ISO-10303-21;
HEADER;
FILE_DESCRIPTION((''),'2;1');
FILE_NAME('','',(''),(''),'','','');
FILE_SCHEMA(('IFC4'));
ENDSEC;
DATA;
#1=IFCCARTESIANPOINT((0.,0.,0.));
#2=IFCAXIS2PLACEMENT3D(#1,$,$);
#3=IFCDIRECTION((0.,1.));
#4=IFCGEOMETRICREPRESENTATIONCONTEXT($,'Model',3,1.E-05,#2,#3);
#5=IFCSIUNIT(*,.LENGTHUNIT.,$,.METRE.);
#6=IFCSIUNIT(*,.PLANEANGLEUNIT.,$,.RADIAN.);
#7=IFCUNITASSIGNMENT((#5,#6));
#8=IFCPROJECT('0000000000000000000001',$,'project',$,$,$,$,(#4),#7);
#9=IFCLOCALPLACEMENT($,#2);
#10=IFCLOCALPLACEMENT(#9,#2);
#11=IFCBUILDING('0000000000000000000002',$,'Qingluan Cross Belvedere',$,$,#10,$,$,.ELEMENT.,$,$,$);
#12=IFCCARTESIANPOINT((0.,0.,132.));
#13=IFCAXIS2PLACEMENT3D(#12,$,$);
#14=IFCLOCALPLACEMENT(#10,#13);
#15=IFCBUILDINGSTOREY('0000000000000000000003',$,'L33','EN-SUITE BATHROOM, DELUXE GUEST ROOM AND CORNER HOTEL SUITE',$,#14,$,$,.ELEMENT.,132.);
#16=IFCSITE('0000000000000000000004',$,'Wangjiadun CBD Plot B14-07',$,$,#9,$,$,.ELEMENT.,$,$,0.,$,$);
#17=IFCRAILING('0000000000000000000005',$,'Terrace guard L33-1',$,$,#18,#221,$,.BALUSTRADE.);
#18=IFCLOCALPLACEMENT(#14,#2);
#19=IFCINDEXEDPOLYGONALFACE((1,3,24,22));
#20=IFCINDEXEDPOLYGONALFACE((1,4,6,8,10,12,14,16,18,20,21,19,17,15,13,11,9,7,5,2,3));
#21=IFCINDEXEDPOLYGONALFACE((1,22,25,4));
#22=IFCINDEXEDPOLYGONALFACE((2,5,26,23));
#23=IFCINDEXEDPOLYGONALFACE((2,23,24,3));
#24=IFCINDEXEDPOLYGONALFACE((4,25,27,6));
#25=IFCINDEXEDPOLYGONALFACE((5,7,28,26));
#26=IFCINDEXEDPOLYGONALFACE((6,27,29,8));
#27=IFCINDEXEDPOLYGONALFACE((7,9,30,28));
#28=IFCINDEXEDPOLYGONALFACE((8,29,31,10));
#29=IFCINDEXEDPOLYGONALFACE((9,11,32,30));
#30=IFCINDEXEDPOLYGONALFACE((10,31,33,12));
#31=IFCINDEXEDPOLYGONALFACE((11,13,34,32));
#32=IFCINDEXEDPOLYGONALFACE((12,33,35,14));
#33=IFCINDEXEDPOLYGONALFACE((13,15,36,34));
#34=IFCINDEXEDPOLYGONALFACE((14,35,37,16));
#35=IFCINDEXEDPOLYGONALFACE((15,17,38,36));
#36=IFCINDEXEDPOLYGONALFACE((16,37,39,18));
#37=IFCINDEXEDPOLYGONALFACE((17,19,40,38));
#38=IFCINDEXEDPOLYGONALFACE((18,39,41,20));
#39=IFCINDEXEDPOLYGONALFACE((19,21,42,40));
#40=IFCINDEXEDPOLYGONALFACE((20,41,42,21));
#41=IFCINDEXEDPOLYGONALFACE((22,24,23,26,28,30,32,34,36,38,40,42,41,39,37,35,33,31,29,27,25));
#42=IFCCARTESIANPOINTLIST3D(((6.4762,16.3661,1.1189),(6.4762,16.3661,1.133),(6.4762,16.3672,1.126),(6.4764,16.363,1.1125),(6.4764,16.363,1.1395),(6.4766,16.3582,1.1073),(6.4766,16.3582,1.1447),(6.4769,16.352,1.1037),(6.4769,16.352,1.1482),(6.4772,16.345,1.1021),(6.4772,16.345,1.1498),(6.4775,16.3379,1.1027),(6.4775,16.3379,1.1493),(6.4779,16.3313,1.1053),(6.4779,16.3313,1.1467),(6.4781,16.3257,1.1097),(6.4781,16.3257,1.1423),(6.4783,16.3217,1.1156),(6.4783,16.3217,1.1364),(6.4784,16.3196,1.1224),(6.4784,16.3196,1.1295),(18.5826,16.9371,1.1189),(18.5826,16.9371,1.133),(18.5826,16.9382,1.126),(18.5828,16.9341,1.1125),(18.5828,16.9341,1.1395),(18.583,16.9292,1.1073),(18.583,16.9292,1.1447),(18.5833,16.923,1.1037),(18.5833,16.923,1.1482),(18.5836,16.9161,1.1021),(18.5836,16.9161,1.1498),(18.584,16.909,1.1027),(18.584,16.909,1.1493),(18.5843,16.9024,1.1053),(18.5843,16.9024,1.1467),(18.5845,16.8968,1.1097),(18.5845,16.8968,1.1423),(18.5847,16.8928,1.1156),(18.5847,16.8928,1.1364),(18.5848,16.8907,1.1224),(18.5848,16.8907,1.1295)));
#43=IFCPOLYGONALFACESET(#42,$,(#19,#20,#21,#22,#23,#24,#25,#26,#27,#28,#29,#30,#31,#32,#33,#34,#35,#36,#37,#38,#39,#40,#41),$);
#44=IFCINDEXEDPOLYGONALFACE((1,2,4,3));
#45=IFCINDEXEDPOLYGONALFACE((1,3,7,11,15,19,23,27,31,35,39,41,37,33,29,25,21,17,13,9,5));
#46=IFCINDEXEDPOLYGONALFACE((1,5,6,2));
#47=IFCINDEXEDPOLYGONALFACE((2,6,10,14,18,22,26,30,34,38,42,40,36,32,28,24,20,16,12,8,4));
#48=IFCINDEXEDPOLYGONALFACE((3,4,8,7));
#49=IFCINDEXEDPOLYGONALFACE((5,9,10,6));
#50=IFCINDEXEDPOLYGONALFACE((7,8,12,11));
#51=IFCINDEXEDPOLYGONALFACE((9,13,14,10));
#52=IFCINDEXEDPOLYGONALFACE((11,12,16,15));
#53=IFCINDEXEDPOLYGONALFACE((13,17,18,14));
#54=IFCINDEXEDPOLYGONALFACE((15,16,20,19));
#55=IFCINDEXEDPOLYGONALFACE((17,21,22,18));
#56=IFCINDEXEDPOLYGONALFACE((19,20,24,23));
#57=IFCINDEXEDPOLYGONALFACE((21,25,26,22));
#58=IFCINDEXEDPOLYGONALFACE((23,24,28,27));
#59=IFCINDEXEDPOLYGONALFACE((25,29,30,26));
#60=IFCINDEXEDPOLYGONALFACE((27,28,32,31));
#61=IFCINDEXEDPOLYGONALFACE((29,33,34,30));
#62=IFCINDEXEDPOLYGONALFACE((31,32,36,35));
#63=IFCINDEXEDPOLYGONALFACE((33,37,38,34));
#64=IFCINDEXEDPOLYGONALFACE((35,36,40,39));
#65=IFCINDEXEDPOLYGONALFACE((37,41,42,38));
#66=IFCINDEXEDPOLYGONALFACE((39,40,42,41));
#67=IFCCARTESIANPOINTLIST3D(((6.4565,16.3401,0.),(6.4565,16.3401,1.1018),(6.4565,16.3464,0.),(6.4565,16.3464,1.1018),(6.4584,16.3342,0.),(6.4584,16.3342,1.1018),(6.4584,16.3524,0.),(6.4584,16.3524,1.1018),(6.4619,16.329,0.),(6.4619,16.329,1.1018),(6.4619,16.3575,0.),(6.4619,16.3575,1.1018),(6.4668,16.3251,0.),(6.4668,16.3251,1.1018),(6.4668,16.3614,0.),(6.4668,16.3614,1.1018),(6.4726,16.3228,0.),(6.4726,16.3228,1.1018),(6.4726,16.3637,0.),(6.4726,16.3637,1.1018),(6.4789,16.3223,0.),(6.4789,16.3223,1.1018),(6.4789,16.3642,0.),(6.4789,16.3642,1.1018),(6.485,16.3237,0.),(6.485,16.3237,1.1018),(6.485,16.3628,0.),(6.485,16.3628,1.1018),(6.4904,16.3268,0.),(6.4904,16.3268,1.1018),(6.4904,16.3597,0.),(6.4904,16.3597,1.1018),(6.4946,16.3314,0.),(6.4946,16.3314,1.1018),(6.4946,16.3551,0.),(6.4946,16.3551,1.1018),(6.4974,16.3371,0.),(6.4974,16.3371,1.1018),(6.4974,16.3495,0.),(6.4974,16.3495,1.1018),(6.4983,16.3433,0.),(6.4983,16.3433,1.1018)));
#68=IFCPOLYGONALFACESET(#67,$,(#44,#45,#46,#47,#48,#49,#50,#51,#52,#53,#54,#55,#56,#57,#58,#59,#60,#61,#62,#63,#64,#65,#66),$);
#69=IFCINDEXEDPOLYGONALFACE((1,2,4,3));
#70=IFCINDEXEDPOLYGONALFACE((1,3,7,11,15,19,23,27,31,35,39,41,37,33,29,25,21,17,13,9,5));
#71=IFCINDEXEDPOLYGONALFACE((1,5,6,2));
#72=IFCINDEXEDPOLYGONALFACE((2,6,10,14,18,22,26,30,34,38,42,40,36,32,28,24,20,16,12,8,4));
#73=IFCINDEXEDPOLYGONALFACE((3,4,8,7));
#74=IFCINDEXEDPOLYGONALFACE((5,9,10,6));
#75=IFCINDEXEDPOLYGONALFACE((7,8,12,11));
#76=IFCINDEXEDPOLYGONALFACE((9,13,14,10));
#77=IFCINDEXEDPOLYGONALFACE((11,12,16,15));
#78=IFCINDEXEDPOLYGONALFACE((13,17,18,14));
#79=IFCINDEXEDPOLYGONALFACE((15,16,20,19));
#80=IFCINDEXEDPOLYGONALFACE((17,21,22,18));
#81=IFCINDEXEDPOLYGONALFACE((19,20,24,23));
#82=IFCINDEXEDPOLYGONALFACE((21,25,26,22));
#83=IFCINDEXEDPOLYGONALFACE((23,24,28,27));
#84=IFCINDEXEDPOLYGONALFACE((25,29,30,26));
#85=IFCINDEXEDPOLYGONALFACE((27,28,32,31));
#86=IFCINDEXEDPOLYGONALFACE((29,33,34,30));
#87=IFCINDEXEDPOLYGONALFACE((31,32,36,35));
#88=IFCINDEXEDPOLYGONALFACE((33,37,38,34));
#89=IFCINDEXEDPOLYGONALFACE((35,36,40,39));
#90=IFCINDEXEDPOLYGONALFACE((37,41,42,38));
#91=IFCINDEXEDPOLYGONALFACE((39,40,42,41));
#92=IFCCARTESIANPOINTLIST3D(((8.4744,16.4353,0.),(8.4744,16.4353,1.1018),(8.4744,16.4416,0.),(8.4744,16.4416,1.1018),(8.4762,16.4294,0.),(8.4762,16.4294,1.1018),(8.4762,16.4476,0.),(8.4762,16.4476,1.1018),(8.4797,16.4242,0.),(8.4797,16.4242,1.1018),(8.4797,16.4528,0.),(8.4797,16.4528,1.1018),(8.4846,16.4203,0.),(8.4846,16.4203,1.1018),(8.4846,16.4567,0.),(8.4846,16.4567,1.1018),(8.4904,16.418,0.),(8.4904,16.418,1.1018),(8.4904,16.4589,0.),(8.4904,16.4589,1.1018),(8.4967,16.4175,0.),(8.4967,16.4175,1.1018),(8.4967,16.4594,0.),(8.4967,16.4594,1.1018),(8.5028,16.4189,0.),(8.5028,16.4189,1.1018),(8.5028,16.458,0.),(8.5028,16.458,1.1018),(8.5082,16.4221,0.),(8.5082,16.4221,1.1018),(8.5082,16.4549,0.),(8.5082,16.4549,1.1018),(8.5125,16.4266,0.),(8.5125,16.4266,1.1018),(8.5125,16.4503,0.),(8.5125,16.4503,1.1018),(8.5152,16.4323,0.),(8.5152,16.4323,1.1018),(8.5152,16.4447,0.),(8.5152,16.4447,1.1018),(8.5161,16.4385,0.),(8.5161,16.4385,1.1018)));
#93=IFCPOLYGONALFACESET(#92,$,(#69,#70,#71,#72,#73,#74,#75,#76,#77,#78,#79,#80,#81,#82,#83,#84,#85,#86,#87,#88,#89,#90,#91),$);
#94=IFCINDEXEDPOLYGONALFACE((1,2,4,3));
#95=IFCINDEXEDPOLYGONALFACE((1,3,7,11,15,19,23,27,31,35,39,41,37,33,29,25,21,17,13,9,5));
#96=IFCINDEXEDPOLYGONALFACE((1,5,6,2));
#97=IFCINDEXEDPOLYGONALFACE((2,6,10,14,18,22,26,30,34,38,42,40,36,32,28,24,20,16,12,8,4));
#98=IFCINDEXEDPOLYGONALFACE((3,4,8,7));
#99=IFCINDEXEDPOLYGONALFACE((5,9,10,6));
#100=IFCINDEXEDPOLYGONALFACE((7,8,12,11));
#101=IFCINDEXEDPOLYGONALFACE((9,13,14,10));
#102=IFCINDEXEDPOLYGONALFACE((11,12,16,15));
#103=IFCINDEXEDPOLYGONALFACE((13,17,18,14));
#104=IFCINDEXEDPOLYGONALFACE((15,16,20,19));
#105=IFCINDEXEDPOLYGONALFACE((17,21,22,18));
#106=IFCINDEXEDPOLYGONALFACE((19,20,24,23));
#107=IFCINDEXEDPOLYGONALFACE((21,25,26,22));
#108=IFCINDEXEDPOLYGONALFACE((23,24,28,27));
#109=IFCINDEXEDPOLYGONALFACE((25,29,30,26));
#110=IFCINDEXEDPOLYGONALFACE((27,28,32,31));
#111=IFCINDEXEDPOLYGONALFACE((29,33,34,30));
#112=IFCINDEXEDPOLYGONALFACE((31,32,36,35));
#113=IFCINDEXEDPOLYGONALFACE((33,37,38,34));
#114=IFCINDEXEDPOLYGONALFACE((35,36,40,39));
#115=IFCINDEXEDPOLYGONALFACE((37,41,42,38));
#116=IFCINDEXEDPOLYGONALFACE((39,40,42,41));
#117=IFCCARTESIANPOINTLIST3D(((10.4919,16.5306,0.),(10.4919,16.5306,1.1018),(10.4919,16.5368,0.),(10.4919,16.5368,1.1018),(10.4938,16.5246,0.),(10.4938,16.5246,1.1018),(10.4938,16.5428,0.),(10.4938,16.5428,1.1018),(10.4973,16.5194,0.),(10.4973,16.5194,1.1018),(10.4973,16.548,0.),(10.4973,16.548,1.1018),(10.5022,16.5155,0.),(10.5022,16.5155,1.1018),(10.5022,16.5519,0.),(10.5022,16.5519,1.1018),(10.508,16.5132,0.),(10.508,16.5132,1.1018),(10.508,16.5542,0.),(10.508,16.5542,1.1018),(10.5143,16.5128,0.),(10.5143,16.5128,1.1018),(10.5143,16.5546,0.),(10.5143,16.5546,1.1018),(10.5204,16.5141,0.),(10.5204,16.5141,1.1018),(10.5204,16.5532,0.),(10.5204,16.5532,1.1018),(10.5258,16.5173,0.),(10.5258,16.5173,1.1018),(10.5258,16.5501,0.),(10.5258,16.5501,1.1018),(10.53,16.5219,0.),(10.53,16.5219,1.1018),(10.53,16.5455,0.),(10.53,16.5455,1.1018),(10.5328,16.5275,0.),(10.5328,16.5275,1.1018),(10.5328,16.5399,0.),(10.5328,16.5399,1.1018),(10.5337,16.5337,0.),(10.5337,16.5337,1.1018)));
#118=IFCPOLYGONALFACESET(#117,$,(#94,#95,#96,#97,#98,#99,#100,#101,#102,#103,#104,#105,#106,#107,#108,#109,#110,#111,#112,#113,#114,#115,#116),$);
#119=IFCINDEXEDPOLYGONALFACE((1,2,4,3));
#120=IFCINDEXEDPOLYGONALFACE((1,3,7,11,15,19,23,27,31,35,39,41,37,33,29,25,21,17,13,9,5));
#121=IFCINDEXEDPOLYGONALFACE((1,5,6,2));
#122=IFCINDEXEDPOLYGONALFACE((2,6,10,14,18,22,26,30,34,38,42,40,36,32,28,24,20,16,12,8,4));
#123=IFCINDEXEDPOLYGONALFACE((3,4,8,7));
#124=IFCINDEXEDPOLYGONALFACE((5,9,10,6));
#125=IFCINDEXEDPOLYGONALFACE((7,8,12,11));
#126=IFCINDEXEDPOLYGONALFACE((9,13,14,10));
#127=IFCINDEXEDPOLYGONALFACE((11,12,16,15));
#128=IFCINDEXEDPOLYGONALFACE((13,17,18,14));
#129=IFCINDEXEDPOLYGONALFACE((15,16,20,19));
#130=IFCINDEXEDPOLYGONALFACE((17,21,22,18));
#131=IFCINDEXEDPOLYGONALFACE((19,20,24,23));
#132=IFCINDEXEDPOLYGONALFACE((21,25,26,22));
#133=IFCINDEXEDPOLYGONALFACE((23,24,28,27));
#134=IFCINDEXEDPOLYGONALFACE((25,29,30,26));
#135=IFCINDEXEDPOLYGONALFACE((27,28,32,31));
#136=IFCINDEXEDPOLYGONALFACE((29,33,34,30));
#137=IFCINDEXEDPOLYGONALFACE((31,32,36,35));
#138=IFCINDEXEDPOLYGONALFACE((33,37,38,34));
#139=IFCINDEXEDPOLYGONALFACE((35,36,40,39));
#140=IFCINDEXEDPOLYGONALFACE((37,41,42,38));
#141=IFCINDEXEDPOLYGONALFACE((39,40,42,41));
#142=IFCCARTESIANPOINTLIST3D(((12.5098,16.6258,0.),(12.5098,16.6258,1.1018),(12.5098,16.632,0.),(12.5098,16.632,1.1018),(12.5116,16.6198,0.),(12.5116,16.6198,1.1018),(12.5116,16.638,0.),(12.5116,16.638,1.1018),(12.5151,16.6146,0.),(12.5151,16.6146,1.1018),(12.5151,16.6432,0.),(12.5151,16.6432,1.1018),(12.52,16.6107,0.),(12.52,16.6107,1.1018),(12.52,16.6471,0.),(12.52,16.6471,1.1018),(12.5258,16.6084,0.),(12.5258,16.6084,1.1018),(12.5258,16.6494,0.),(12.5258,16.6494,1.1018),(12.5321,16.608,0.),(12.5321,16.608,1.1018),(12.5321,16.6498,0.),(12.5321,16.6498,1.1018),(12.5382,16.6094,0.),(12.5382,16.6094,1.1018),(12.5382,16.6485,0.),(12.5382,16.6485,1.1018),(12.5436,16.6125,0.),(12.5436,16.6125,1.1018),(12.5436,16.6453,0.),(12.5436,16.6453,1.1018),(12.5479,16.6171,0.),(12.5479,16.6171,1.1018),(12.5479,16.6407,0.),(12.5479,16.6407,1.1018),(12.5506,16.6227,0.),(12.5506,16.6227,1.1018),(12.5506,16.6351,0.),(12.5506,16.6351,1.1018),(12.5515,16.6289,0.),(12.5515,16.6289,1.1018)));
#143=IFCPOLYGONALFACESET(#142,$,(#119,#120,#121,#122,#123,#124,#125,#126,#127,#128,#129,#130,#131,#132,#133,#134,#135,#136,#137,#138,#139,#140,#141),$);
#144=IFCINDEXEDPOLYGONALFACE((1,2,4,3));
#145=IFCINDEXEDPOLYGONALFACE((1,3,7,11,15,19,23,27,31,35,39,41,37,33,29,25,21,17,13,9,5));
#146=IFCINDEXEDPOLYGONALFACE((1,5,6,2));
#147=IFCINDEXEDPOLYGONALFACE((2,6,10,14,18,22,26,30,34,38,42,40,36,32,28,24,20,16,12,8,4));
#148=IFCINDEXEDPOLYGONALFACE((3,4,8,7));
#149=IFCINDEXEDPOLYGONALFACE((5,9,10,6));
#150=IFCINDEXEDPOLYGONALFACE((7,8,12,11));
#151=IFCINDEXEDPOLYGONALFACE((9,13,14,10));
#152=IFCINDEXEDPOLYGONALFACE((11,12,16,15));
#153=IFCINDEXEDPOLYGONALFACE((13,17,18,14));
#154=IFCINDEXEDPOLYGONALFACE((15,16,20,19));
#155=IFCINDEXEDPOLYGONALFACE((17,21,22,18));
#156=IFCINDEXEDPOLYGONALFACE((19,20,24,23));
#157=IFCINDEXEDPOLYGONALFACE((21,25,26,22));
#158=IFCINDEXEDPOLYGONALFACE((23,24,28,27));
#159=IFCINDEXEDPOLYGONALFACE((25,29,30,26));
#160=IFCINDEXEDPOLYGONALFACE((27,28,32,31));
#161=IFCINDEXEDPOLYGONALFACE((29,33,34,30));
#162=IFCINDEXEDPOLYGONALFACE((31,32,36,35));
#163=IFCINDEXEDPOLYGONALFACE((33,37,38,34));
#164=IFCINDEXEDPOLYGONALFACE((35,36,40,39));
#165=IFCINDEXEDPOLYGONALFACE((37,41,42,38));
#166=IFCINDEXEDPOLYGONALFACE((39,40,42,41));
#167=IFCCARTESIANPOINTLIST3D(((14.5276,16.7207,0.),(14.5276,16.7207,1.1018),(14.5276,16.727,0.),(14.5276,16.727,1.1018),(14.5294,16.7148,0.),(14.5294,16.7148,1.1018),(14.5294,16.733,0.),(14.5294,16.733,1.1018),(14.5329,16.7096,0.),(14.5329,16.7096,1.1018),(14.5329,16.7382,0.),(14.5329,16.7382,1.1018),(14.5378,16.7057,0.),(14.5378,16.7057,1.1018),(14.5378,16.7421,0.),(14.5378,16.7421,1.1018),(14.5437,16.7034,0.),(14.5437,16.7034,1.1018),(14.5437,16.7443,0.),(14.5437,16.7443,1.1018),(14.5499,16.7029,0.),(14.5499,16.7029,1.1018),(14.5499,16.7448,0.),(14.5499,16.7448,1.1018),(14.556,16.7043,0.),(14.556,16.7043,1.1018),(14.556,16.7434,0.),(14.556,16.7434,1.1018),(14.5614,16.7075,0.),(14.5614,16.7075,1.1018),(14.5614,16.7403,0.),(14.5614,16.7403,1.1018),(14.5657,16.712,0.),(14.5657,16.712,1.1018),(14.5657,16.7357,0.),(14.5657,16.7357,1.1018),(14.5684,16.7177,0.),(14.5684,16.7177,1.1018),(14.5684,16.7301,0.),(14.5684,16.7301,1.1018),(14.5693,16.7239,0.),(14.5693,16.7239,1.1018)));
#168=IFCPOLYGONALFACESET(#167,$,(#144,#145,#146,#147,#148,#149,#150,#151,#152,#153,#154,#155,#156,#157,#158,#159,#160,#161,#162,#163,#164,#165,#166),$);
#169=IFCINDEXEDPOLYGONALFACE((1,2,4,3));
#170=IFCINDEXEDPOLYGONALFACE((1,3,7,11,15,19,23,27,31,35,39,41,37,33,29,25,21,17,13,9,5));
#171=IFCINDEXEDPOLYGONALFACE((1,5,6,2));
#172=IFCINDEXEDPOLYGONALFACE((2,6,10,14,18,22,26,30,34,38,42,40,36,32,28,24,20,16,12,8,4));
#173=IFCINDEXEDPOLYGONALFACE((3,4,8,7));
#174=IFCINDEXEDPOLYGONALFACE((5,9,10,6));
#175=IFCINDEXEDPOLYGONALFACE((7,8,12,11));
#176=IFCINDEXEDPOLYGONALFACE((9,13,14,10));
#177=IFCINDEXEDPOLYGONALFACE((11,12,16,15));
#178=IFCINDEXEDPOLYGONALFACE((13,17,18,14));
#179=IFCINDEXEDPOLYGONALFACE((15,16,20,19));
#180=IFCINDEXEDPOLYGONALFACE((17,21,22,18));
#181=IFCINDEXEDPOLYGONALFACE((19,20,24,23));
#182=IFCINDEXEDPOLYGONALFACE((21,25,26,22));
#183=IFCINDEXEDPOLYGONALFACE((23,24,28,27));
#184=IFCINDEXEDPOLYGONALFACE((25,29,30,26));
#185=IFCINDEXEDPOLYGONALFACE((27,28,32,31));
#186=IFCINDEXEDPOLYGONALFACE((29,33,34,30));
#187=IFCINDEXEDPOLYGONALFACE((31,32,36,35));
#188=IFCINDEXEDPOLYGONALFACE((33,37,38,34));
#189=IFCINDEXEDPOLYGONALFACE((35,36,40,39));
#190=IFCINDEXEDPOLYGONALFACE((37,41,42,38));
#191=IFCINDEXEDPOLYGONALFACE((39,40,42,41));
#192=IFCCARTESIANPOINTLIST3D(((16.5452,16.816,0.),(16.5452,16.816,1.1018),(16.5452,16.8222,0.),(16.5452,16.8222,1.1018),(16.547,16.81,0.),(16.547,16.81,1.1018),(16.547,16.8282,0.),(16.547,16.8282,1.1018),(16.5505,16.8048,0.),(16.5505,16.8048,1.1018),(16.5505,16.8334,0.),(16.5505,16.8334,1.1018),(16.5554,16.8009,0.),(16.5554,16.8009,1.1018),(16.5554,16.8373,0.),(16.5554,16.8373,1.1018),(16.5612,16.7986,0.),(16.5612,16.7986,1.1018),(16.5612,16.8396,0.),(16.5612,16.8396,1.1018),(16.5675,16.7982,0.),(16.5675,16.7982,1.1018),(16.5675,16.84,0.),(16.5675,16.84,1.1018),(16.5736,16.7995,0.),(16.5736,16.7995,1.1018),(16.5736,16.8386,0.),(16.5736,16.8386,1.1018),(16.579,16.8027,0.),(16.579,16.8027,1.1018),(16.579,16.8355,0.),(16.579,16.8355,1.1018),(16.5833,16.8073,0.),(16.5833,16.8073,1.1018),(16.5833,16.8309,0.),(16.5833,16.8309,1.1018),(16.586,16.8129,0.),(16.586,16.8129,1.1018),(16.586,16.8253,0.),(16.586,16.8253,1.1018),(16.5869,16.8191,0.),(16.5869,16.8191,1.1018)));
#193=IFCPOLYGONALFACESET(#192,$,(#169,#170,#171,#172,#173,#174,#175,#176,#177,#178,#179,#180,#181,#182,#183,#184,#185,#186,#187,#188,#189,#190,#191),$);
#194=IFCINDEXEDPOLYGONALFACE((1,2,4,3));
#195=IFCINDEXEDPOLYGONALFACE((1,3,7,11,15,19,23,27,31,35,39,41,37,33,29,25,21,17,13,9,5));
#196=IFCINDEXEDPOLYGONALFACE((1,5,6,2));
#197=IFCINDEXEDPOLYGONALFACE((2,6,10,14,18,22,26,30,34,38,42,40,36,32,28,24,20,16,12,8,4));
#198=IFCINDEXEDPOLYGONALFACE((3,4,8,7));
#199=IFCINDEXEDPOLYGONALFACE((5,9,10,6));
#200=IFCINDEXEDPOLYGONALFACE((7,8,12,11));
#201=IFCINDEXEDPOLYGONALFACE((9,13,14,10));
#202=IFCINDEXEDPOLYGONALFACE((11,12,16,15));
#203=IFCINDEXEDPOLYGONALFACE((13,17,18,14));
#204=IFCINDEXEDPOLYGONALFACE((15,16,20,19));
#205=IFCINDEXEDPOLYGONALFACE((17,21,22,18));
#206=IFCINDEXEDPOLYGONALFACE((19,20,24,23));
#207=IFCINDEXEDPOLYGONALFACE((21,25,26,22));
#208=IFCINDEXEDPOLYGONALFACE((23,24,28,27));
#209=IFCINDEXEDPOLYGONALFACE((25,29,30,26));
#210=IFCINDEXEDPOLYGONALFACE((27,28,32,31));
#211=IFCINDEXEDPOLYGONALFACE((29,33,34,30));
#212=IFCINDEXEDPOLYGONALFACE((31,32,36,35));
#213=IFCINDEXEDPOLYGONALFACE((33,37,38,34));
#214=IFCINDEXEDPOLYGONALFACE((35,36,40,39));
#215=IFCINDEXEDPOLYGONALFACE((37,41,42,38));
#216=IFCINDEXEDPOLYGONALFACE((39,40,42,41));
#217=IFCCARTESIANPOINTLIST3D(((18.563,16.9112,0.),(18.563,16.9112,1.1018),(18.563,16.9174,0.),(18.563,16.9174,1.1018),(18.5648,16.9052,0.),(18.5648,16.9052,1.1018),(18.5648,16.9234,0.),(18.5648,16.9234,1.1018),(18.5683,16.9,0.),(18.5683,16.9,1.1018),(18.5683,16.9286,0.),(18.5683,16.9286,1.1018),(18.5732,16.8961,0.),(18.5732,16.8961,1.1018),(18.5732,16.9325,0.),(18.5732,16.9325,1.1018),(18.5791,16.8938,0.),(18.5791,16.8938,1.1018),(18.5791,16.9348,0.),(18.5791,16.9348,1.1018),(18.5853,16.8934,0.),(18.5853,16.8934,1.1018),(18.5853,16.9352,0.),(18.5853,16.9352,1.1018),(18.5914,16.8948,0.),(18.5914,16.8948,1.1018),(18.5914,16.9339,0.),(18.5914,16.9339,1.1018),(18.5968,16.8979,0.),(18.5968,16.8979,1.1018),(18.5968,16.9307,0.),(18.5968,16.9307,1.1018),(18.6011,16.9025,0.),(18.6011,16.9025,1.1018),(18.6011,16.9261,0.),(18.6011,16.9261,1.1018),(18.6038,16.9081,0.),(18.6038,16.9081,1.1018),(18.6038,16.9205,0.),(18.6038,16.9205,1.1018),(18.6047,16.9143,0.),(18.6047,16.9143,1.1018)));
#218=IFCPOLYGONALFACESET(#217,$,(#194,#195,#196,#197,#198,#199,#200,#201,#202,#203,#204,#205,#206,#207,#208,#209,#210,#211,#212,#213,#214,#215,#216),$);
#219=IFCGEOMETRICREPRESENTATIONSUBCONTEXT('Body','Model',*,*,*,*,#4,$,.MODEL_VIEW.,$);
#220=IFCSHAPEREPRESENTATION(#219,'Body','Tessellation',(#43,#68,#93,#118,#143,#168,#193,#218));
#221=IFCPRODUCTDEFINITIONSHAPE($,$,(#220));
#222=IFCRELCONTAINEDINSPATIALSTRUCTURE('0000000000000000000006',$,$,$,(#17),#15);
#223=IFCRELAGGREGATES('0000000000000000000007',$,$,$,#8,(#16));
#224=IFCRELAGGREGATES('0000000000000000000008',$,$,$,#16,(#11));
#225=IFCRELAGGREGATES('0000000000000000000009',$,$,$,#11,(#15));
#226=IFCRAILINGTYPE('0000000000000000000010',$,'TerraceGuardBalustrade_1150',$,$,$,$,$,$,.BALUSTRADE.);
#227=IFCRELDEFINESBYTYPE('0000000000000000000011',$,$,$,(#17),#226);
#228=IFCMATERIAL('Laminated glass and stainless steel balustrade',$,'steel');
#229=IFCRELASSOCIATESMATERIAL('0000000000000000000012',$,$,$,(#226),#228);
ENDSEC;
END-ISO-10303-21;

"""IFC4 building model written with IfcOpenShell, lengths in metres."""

from ifc_helpers import new_model, si_unit, direction, frame, origin, origin_2d, place, context, subcontext, project, spatial, circle, extrude, material, type_object, element, save


model = new_model("IFC4")

# Units and contexts
model_context = context("Model", 3, precision=1e-05, world=origin(), true_north=direction((0.0, 1.0)))
body_context = subcontext(model_context, "Body", "Model", "MODEL_VIEW")
ifc_project = project(units=[si_unit("LENGTHUNIT", "METRE"), si_unit("PLANEANGLEUNIT", "RADIAN")], contexts=[model_context])

# Site, building, storey
site_placement = place(None, origin())
site = spatial("IfcSite", under=ifc_project, at=site_placement, Name="Wangjiadun CBD Plot B14-07", CompositionType="ELEMENT", RefElevation=0.0)
building_placement = place(site_placement, origin())
building = spatial("IfcBuilding", under=site, at=building_placement, Name="Qingluan Cross Belvedere", CompositionType="ELEMENT")
storey_placement = place(building_placement, frame((0.0, 0.0, 132.0)))
storey = spatial("IfcBuildingStorey", under=building, at=storey_placement, Name="L33", Description="EN-SUITE BATHROOM, DELUXE GUEST ROOM AND CORNER HOTEL SUITE", CompositionType="ELEMENT", Elevation=132.0)

# Railing
ifc_material_1 = material(Name="Laminated glass and stainless steel balustrade", Category="steel")
railing_type = type_object("IfcRailingType", Name="TerraceGuardBalustrade_1150", PredefinedType="BALUSTRADE", material=ifc_material_1)
railing_1_placement = place(storey_placement, frame((6.4773, 16.3433, 0.0)))
element("IfcRailing", 1, at=railing_1_placement, inside=storey, type_object=railing_type, Name="Terrace guard L33-1", PredefinedType="BALUSTRADE", context=body_context, shape_type="SweptSolid", body=[
    extrude(circle(Radius=0.0239, at=origin_2d()), frame((0.0, 0.0, 1.126), z_axis=(0.998889, 0.047116, 0.0), x_axis=(-0.047116, 0.998889, 0.0)), (0.0, 0.0, 1.0), 12.1199),
    extrude(circle(Radius=0.021, at=origin_2d()), origin(), (0.0, 0.0, 1.0), 1.1018),
    extrude(circle(Radius=0.021, at=origin_2d()), frame((2.0178, 0.0952, 0.0)), (0.0, 0.0, 1.0), 1.1018),
    extrude(circle(Radius=0.021, at=origin_2d()), frame((4.0354, 0.1904, 0.0)), (0.0, 0.0, 1.0), 1.1018),
    extrude(circle(Radius=0.021, at=origin_2d()), frame((6.0532, 0.2856, 0.0)), (0.0, 0.0, 1.0), 1.1018),
    extrude(circle(Radius=0.021, at=origin_2d()), frame((8.071, 0.3806, 0.0)), (0.0, 0.0, 1.0), 1.1018),
    extrude(circle(Radius=0.021, at=origin_2d()), frame((10.0886, 0.4758, 0.0)), (0.0, 0.0, 1.0), 1.1018),
    extrude(circle(Radius=0.021, at=origin_2d()), frame((12.1064, 0.571, 0.0)), (0.0, 0.0, 1.0), 1.1018),
])

save(model, "model.ifc")
